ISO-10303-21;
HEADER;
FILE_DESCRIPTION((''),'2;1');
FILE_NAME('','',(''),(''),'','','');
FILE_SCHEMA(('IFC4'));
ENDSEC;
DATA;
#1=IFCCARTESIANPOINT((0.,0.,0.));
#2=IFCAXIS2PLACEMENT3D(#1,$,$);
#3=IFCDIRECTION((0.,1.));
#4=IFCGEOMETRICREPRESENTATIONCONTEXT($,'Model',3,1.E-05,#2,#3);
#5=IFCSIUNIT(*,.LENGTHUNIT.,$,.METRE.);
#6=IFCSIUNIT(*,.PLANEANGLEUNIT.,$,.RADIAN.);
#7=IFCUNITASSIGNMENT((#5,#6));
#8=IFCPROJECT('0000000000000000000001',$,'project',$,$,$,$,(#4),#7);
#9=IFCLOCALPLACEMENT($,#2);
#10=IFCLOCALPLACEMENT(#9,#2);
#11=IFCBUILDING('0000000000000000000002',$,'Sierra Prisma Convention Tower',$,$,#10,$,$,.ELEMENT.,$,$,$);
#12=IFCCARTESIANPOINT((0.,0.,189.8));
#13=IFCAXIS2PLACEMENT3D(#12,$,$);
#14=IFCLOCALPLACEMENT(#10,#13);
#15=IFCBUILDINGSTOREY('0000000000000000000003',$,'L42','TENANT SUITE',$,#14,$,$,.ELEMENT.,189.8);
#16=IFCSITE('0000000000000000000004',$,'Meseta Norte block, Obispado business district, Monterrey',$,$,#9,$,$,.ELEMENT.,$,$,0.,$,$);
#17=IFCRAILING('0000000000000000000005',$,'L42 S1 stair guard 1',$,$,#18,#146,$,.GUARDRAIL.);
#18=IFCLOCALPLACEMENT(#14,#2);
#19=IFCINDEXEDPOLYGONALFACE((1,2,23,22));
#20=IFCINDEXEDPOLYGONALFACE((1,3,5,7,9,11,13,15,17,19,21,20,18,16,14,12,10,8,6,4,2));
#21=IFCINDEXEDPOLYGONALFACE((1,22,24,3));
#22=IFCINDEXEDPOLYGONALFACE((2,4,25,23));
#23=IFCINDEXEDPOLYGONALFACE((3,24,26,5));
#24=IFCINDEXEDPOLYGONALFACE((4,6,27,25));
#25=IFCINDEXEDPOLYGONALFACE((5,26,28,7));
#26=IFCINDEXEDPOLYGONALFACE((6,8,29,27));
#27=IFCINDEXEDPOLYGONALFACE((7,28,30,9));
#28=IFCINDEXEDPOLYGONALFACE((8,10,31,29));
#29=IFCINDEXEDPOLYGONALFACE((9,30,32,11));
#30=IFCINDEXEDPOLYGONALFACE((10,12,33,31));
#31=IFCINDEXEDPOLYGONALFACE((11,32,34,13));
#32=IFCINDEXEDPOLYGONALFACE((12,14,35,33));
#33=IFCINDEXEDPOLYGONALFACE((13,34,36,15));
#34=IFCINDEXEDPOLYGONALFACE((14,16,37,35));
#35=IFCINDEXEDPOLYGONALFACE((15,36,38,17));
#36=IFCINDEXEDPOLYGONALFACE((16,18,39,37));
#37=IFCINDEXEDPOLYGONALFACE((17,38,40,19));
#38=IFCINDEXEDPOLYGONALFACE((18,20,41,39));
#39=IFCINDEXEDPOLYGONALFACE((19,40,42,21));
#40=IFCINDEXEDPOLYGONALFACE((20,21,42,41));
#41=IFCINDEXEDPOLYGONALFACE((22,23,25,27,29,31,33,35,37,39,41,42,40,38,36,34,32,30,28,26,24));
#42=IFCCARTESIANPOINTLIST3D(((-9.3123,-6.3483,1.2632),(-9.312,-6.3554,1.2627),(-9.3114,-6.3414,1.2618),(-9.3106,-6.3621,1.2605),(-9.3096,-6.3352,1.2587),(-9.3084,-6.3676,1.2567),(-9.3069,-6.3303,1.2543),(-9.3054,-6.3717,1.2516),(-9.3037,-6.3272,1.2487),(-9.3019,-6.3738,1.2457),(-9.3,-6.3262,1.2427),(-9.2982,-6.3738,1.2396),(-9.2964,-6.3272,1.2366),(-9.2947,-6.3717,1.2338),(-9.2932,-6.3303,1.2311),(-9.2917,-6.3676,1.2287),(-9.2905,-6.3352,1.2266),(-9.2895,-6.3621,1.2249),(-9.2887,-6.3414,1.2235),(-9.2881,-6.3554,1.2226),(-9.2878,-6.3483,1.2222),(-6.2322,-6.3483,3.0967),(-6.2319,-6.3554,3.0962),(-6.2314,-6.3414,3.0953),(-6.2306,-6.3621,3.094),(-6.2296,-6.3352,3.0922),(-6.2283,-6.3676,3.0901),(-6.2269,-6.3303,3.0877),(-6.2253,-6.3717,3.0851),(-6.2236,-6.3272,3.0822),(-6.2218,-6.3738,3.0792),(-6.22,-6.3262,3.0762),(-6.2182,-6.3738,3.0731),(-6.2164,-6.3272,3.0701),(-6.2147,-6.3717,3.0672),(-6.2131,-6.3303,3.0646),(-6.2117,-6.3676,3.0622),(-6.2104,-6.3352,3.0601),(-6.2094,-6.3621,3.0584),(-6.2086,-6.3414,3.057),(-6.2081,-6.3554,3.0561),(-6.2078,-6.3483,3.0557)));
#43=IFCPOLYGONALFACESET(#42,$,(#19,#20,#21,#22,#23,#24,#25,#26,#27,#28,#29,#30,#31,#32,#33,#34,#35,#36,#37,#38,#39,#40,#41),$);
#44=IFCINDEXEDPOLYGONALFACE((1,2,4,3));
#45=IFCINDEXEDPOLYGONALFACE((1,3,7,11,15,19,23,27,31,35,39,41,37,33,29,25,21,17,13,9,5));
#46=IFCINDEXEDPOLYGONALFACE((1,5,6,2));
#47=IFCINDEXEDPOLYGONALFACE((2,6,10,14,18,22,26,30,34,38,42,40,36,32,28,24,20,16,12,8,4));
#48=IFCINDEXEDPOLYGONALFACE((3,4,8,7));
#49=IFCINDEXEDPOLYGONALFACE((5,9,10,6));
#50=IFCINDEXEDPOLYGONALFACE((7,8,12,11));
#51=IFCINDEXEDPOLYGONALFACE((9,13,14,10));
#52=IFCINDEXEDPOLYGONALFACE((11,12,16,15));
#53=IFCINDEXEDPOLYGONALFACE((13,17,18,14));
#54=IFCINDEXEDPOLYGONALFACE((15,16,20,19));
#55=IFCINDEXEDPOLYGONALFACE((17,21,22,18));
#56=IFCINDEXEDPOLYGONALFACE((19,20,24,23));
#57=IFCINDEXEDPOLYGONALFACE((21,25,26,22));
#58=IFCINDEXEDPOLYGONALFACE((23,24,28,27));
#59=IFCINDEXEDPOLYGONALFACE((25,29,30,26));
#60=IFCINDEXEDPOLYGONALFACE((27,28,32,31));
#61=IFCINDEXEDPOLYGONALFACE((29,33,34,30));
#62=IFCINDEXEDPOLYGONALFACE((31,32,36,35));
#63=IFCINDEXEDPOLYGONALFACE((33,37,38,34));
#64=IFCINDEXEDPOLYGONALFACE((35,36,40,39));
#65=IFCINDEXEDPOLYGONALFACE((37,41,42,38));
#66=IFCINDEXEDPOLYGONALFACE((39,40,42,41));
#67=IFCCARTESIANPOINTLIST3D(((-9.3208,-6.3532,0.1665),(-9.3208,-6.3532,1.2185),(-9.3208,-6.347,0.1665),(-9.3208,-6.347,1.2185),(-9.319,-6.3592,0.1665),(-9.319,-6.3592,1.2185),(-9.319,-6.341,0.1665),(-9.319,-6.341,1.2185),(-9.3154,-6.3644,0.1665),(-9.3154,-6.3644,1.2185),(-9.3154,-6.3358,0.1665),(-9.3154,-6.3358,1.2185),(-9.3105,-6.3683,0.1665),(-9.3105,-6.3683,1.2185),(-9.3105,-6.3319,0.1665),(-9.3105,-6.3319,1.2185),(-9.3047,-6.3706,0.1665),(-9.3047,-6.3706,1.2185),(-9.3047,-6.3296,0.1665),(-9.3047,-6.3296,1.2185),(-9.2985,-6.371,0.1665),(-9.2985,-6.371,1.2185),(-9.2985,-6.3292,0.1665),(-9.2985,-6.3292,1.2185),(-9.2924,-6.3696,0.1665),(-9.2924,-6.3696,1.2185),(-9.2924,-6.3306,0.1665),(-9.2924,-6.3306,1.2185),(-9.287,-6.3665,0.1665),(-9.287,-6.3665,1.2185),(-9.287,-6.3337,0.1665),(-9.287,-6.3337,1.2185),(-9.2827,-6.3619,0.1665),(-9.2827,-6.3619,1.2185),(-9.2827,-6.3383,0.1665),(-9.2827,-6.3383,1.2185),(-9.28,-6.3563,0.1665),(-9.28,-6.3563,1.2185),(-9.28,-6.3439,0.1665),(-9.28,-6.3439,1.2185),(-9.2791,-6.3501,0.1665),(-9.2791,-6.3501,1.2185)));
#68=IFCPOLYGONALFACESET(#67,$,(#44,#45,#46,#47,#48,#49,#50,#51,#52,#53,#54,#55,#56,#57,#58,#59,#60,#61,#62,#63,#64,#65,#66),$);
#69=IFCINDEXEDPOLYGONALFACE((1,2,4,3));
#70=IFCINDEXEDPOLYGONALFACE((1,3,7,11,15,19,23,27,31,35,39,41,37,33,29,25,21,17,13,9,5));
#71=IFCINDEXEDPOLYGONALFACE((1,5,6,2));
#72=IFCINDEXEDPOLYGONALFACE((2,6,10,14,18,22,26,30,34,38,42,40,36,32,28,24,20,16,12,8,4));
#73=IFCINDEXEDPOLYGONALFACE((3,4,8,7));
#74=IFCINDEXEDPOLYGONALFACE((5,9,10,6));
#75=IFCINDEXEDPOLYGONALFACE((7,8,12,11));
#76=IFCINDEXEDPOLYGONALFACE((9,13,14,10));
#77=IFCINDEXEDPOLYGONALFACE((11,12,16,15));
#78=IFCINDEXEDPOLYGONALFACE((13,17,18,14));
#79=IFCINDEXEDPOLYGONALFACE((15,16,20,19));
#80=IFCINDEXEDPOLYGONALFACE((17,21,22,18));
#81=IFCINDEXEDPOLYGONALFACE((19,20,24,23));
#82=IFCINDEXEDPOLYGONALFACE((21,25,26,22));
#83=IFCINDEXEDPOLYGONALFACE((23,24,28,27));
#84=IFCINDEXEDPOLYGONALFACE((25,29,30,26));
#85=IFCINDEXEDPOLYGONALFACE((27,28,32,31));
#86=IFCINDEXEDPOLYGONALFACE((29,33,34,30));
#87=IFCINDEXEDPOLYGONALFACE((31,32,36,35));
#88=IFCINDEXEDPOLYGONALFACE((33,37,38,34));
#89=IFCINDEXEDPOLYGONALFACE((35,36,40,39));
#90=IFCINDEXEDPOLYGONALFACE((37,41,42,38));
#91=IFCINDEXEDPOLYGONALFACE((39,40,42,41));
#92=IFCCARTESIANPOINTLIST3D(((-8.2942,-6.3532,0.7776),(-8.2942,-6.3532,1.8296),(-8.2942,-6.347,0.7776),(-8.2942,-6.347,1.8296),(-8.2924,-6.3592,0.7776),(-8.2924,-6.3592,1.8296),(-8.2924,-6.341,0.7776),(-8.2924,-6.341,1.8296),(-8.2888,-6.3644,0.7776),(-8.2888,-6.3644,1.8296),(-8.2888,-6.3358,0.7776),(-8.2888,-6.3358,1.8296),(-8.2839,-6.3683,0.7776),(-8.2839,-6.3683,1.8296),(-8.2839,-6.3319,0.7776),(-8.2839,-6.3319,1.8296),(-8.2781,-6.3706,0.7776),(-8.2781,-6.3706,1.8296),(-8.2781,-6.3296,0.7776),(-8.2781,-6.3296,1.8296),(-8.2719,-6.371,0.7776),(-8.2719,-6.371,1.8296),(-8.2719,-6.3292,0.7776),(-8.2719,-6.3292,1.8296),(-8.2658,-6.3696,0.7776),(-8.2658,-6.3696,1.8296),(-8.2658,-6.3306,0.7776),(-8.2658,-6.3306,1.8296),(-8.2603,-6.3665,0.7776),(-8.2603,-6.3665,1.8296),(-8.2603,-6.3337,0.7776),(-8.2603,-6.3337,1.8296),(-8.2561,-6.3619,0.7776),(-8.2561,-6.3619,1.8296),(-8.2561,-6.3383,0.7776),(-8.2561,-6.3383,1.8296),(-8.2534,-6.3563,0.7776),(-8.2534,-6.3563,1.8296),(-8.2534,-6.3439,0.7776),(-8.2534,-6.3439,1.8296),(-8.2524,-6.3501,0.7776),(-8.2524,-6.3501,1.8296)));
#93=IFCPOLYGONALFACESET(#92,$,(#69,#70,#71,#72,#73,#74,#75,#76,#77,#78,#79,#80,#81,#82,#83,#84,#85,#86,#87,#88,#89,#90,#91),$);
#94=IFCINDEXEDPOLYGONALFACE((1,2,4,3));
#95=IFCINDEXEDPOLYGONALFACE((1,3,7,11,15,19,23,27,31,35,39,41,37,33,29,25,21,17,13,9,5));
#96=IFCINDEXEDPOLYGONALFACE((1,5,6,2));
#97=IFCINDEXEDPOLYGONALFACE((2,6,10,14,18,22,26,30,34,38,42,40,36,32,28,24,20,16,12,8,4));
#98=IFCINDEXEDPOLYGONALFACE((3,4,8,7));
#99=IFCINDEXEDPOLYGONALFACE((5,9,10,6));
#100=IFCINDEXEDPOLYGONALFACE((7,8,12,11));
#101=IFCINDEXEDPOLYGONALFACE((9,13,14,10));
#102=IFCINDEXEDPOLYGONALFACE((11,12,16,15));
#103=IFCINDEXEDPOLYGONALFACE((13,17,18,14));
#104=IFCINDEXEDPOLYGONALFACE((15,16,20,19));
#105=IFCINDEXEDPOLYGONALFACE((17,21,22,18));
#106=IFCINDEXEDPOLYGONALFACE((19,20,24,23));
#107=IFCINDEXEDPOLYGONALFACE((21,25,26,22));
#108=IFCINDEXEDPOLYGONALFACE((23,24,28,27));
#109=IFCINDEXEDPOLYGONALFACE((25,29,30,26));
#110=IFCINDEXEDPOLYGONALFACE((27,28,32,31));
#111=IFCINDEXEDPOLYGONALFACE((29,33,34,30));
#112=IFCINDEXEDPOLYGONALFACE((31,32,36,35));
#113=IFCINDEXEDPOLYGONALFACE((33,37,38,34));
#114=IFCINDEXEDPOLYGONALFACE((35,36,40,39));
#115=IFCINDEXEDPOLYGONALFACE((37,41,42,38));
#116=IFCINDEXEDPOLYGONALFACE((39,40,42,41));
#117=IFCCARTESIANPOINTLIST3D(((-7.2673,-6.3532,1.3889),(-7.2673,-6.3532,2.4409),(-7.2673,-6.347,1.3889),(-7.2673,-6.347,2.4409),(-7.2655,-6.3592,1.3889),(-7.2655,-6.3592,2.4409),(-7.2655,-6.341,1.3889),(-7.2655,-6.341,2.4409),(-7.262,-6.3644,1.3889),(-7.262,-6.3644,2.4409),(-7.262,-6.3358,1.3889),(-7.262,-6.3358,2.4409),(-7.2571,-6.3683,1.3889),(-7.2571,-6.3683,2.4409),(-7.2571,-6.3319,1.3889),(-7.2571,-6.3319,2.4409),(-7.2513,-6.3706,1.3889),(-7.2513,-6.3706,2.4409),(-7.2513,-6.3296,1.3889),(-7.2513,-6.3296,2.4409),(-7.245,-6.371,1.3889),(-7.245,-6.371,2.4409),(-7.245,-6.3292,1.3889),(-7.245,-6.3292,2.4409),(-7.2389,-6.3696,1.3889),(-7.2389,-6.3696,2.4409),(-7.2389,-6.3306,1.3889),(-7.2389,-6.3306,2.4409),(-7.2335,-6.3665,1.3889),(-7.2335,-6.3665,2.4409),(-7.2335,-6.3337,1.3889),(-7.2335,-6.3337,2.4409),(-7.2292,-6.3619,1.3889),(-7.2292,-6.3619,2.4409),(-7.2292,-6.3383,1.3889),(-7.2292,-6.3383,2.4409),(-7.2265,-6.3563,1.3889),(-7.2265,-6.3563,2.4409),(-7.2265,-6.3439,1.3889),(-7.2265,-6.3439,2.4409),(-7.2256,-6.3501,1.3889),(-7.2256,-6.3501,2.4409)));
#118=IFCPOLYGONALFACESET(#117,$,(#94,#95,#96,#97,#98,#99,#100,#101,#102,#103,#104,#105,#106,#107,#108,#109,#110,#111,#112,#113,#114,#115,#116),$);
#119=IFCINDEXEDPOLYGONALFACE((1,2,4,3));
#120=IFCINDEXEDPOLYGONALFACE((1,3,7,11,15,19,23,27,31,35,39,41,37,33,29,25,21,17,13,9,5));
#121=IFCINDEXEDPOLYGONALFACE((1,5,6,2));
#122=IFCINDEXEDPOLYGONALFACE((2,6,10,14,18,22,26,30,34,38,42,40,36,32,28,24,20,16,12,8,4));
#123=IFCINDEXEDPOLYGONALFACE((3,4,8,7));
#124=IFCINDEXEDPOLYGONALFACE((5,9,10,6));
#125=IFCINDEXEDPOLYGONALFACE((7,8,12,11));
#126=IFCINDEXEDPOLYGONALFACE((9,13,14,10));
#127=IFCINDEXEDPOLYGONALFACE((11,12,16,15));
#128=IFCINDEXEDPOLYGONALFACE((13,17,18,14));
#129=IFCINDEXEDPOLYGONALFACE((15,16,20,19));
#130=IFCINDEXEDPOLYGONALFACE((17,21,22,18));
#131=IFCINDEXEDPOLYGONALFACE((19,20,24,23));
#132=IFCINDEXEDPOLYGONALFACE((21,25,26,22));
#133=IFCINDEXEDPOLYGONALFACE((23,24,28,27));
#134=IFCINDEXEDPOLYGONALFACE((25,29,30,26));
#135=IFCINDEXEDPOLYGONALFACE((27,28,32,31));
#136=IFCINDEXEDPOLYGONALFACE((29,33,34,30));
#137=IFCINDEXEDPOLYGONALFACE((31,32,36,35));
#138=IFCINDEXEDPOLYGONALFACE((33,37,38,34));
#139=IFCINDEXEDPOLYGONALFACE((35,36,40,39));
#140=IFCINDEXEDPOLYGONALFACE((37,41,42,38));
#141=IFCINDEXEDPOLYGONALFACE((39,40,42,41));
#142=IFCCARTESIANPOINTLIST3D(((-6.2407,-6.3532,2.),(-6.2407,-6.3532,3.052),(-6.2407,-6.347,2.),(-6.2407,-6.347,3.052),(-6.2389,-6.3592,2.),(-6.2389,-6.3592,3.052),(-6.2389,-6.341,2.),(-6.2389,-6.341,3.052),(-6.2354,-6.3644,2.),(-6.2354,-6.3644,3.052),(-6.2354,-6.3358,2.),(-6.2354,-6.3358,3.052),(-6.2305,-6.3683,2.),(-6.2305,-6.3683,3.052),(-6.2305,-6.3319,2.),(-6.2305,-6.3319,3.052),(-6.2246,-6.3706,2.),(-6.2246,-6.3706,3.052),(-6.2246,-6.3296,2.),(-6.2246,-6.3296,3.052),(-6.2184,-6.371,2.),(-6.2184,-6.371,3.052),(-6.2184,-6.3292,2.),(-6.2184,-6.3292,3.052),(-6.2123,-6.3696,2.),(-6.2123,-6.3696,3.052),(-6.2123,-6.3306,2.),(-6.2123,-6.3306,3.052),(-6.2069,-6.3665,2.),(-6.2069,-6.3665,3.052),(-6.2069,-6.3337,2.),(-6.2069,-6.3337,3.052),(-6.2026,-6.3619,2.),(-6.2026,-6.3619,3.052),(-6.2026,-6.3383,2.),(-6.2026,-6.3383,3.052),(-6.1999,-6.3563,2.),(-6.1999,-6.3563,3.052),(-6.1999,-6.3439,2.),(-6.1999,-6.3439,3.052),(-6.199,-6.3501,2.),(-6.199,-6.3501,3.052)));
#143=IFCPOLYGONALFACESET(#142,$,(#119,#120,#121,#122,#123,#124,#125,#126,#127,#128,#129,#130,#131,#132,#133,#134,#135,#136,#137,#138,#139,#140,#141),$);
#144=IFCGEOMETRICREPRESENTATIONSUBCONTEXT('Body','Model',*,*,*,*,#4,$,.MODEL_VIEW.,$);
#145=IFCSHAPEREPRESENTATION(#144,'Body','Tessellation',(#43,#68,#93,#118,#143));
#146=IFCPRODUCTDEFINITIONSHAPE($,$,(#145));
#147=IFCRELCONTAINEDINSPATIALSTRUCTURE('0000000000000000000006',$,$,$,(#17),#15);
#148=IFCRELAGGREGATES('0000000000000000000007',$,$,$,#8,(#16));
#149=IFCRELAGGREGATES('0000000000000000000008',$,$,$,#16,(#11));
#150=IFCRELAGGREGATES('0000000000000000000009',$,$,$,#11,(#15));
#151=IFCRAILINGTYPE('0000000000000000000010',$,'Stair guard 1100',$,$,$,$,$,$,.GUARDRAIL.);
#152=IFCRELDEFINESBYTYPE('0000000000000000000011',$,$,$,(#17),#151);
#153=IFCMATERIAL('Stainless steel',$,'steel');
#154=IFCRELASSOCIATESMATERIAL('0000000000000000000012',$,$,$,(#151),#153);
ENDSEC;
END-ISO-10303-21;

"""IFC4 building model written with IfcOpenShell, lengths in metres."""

from ifc_helpers import new_model, si_unit, direction, frame, origin, origin_2d, place, context, subcontext, project, spatial, circle, extrude, material, type_object, element, save


model = new_model("IFC4")

# Units and contexts
model_context = context("Model", 3, precision=1e-05, world=origin(), true_north=direction((0.0, 1.0)))
body_context = subcontext(model_context, "Body", "Model", "MODEL_VIEW")
ifc_project = project(units=[si_unit("LENGTHUNIT", "METRE"), si_unit("PLANEANGLEUNIT", "RADIAN")], contexts=[model_context])

# Site, building, storey
site_placement = place(None, origin())
site = spatial("IfcSite", under=ifc_project, at=site_placement, Name="Meseta Norte block, Obispado business district, Monterrey", CompositionType="ELEMENT", RefElevation=0.0)
building_placement = place(site_placement, origin())
building = spatial("IfcBuilding", under=site, at=building_placement, Name="Sierra Prisma Convention Tower", CompositionType="ELEMENT")
storey_placement = place(building_placement, frame((0.0, 0.0, 189.8)))
storey = spatial("IfcBuildingStorey", under=building, at=storey_placement, Name="L42", Description="TENANT SUITE", CompositionType="ELEMENT", Elevation=189.8)

# Railing
ifc_material_1 = material(Name="Stainless steel", Category="steel")
railing_type_1 = type_object("IfcRailingType", Name="Stair guard 1100", PredefinedType="GUARDRAIL", material=ifc_material_1)
railing_1_placement = place(storey_placement, frame((-9.3, -6.3501, 0.1665)))
element("IfcRailing", 1, at=railing_1_placement, inside=storey, type_object=railing_type_1, Name="L42 S1 stair guard 1", PredefinedType="GUARDRAIL", context=body_context, shape_type="SweptSolid", body=[
    extrude(circle(Radius=0.0239, at=origin_2d()), frame((0.0, 0.0, 1.0762), z_axis=(0.859279, 0.0, 0.511508), x_axis=(0.0, 1.0, 0.0)), (0.0, 0.0, 1.0), 3.5845),
    extrude(circle(Radius=0.021, at=origin_2d()), origin(), (0.0, 0.0, 1.0), 1.052),
    extrude(circle(Radius=0.021, at=origin_2d()), frame((1.0266, 0.0, 0.6111)), (0.0, 0.0, 1.0), 1.052),
    extrude(circle(Radius=0.021, at=origin_2d()), frame((2.0535, 0.0, 1.2224)), (0.0, 0.0, 1.0), 1.052),
    extrude(circle(Radius=0.021, at=origin_2d()), frame((3.0801, 0.0, 1.8335)), (0.0, 0.0, 1.0), 1.052),
])

save(model, "model.ifc")
